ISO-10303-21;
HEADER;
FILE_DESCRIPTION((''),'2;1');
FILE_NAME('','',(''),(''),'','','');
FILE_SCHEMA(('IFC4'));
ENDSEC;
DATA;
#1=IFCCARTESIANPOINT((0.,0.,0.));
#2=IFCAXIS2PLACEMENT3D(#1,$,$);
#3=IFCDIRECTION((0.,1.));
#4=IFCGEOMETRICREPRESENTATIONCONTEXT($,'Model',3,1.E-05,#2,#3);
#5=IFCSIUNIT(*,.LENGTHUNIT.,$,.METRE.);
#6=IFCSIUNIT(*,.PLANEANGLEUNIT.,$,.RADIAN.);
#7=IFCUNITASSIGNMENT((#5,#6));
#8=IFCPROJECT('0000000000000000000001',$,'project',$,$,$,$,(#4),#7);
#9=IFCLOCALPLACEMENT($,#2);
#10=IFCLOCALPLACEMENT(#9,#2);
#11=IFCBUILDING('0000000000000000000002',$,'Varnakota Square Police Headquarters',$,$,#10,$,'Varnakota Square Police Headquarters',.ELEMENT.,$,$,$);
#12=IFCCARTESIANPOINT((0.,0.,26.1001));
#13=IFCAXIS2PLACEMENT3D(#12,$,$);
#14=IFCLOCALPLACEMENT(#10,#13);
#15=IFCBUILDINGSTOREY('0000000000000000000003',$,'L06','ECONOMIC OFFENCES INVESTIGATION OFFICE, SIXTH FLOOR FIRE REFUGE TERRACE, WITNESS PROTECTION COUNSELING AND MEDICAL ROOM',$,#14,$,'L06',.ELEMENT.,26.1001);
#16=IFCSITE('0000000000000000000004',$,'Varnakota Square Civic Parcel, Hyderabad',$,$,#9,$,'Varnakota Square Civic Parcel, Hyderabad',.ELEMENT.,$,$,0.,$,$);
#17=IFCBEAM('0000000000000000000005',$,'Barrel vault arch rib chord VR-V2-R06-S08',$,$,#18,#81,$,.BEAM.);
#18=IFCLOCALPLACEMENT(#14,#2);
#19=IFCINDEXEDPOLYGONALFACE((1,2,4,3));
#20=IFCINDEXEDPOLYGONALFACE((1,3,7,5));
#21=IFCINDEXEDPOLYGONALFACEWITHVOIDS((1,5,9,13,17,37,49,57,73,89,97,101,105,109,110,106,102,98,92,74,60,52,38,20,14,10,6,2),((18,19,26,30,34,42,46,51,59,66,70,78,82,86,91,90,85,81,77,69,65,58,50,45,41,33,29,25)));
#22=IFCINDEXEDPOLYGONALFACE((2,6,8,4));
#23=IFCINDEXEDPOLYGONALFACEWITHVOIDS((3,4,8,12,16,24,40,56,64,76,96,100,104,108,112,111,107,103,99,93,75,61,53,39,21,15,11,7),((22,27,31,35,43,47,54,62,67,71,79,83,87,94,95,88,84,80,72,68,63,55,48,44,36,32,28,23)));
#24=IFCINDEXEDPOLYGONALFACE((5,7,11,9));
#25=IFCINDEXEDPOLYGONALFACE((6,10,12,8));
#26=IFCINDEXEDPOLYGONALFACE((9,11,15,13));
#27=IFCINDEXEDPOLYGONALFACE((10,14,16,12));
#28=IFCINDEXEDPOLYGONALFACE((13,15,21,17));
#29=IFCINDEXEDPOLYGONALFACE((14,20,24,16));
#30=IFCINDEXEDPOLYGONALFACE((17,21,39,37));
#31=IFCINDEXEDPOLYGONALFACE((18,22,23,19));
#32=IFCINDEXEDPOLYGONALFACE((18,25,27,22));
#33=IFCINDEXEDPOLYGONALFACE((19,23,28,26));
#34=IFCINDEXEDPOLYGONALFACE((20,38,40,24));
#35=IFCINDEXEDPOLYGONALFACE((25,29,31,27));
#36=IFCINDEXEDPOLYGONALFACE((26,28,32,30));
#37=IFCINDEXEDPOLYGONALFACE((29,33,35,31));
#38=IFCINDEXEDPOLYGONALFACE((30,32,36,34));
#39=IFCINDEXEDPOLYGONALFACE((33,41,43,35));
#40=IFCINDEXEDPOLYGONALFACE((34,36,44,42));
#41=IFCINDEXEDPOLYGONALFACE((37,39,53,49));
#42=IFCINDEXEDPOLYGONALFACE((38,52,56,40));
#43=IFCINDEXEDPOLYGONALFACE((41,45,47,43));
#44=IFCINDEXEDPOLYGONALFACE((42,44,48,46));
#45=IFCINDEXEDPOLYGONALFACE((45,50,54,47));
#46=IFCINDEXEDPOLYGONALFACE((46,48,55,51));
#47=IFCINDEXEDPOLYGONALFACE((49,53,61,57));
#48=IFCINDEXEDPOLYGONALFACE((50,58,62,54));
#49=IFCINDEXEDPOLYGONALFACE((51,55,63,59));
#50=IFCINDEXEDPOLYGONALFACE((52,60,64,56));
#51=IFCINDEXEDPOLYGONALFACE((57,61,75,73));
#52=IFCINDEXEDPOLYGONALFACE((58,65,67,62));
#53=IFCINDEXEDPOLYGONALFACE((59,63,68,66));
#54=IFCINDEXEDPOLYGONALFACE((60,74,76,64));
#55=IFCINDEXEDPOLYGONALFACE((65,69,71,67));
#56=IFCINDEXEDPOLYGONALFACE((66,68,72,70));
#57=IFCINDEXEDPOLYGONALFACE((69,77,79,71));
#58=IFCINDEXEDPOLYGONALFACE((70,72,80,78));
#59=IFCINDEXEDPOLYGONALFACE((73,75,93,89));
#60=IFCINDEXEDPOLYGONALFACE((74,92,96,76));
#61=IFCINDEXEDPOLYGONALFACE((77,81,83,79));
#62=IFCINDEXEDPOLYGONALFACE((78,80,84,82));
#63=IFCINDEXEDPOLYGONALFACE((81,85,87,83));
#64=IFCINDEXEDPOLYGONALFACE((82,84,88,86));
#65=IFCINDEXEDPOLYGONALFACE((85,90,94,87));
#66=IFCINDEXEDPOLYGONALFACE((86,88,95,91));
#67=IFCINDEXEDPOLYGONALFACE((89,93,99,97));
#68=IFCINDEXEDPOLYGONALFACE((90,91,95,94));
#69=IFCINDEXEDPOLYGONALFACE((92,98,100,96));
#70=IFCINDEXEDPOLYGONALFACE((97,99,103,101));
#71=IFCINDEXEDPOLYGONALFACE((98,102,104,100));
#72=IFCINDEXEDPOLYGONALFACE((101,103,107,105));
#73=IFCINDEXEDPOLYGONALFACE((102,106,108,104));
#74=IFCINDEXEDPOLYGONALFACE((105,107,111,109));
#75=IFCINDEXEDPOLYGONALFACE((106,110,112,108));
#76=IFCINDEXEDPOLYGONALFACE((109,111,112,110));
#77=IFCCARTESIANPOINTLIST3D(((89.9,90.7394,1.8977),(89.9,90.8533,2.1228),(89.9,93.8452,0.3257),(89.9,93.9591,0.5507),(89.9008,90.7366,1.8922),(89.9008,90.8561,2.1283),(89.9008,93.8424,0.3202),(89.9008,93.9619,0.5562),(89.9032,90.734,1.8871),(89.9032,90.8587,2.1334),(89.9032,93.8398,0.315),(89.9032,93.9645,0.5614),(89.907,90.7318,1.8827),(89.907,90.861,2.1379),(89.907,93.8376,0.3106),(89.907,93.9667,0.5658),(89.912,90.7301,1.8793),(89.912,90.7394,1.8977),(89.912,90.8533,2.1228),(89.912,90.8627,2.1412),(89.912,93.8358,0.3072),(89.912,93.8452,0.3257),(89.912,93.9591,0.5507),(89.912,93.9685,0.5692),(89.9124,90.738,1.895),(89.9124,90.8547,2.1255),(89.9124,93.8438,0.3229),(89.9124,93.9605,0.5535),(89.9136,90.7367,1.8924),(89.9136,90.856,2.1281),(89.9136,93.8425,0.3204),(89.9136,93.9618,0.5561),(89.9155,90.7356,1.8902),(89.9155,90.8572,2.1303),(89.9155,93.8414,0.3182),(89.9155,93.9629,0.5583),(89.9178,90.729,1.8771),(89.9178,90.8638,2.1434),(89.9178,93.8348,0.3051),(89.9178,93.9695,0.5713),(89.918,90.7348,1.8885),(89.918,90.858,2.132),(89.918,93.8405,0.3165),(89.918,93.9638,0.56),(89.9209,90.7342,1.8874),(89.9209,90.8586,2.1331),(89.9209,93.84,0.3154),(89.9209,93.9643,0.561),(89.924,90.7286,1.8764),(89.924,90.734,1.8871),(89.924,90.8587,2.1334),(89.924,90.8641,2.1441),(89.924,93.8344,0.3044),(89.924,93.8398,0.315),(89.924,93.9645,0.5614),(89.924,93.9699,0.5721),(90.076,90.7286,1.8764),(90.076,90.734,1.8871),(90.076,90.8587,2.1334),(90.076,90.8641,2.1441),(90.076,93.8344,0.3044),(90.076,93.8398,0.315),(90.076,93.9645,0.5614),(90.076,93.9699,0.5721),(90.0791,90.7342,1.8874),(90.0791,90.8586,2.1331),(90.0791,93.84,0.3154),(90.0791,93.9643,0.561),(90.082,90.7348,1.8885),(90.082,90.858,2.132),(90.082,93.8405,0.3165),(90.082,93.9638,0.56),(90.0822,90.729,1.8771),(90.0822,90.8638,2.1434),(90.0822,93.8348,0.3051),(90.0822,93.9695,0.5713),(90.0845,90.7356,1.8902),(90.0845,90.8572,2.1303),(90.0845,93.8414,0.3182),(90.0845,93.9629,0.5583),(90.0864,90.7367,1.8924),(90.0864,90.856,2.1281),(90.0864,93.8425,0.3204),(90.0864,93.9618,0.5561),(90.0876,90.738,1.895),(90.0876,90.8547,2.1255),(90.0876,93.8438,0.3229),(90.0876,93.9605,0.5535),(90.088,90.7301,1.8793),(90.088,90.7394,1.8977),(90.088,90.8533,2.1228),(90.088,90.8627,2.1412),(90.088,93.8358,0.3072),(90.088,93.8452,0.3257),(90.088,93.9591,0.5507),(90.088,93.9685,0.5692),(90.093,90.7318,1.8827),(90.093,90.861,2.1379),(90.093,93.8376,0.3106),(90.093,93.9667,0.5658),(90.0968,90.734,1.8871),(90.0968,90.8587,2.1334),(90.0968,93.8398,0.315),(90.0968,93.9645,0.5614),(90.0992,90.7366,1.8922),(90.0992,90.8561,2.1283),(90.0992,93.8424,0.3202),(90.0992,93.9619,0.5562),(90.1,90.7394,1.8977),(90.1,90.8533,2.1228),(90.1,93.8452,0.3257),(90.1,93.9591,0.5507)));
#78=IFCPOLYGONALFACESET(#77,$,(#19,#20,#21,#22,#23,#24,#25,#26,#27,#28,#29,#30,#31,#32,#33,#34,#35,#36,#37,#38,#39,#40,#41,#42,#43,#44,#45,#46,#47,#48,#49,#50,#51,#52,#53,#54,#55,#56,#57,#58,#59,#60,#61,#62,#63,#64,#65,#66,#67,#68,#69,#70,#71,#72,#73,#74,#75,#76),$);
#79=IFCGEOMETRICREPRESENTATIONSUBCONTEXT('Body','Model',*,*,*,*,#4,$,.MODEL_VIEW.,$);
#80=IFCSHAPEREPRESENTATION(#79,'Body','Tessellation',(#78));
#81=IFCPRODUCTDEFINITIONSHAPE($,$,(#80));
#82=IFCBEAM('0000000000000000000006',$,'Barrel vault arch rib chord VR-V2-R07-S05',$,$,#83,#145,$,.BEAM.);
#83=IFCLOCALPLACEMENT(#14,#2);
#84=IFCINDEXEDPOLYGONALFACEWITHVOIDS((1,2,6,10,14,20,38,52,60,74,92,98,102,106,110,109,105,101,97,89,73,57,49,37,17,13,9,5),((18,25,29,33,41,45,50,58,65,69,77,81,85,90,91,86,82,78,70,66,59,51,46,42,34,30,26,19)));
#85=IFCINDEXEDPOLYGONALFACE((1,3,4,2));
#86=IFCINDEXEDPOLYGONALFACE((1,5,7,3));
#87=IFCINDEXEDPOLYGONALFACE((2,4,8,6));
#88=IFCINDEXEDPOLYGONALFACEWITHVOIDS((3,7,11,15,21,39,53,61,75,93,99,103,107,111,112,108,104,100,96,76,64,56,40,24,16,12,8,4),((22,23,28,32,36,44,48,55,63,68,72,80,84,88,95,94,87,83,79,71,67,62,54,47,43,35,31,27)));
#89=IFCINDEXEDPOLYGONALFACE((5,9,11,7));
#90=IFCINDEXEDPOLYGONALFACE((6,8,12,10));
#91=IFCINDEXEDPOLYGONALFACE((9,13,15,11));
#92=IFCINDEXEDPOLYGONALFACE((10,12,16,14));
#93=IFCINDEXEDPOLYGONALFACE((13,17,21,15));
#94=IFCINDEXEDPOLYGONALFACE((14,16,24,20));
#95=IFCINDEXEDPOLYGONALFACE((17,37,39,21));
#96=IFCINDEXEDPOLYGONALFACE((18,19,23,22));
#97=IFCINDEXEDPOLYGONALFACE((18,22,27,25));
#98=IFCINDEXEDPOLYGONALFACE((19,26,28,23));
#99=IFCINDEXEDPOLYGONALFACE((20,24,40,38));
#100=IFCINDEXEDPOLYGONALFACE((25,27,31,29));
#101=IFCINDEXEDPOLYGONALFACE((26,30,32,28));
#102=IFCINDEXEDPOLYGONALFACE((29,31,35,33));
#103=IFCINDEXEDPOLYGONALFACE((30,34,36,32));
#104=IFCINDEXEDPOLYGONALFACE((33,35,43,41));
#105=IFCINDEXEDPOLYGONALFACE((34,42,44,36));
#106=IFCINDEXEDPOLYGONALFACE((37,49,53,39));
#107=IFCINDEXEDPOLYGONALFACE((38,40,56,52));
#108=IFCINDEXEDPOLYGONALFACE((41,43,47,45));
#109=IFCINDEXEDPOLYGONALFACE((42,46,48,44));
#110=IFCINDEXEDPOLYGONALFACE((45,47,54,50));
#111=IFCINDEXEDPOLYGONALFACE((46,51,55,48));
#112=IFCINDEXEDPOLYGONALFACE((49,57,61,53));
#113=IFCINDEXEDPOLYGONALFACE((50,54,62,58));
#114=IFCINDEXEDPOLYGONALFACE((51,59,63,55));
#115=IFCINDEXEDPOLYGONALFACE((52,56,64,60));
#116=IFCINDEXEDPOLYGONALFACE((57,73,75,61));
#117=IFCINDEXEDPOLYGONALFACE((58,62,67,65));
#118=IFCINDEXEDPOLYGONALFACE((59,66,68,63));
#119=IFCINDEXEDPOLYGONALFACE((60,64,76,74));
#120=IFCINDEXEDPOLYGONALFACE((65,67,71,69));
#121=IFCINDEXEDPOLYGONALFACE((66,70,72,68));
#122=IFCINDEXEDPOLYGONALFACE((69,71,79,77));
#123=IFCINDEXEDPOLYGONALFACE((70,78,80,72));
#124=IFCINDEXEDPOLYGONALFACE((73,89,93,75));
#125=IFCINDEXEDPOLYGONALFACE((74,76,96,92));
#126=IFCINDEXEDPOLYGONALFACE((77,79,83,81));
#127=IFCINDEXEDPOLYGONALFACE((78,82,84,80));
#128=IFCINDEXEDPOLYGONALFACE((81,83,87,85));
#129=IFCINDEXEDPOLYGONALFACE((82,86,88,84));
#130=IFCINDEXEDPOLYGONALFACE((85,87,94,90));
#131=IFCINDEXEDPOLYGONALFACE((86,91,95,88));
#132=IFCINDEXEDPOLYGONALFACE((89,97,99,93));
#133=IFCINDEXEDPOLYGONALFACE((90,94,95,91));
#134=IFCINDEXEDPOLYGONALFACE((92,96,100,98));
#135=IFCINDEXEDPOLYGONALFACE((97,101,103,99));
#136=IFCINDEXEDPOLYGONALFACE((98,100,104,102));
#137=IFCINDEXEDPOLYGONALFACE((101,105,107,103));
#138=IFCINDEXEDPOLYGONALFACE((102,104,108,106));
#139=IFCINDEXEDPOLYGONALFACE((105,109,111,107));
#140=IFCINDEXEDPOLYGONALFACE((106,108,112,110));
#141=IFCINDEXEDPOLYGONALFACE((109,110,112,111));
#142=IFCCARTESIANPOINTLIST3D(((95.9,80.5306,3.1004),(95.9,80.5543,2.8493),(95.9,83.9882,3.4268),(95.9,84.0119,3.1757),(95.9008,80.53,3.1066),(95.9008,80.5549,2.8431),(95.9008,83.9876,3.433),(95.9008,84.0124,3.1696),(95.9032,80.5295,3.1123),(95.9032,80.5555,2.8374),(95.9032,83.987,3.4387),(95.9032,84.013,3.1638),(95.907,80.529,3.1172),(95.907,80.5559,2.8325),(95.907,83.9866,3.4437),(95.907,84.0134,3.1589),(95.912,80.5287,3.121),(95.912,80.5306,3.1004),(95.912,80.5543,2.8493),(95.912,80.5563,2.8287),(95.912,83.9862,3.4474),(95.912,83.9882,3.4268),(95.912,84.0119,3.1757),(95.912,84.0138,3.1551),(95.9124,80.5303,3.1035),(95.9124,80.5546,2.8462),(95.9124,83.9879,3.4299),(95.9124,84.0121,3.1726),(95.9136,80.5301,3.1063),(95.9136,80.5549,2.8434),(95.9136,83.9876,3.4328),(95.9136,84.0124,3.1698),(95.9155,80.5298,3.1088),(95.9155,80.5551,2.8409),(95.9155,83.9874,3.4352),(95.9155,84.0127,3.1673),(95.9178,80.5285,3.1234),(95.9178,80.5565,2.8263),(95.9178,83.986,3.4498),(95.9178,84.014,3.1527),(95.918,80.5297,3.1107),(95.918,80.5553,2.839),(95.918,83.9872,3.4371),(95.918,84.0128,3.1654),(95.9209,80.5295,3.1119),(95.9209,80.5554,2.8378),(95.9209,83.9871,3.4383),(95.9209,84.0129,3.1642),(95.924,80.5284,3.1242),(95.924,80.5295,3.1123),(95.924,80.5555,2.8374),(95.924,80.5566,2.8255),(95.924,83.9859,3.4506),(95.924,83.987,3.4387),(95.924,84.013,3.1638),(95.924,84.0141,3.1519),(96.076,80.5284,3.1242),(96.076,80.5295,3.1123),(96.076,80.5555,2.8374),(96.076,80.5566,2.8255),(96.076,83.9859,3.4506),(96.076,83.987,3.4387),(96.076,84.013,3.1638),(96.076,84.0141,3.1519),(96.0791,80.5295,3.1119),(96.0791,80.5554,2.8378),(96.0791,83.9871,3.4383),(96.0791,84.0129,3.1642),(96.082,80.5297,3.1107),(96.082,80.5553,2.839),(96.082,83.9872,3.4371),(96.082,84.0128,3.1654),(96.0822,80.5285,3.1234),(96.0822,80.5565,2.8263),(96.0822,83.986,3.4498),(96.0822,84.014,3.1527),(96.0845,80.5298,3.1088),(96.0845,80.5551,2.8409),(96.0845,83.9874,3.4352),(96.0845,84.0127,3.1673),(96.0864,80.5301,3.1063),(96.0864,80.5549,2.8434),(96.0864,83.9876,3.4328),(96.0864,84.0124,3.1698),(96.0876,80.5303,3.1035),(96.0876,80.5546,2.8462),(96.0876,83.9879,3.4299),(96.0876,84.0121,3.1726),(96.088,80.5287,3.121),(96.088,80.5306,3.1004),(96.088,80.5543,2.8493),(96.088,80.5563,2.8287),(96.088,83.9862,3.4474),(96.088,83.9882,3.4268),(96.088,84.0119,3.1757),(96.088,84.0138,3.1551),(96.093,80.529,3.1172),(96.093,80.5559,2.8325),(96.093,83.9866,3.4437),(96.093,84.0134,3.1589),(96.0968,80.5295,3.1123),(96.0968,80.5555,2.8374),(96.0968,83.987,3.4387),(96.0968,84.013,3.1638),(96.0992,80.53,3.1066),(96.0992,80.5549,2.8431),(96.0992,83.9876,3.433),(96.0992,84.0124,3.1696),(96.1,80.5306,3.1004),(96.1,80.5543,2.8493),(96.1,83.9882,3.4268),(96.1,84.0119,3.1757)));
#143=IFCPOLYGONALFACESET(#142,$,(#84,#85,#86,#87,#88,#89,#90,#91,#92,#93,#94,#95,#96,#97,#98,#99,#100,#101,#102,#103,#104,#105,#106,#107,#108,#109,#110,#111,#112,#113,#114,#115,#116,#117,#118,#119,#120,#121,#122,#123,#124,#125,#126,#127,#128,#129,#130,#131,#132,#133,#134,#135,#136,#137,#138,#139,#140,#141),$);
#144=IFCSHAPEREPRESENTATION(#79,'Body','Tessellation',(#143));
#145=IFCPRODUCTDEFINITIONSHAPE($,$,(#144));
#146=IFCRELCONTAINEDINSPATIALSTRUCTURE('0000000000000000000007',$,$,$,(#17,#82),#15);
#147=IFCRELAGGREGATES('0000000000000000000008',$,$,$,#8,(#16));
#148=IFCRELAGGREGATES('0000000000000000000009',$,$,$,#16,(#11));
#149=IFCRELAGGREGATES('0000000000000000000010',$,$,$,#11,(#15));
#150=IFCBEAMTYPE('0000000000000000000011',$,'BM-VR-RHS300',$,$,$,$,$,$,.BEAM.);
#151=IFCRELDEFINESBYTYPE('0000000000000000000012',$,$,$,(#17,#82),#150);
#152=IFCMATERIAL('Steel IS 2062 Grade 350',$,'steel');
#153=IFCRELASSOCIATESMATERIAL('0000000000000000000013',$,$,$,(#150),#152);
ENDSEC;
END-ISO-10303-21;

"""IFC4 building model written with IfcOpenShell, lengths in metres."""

from ifc_helpers import new_model, si_unit, direction, frame, origin, origin_2d, place, context, subcontext, project, spatial, hollow_rectangle, extrude, material, material_profile, profile_set, type_object, element, save


model = new_model("IFC4")

# Units and contexts
model_context = context("Model", 3, precision=1e-05, world=origin(), true_north=direction((0.0, 1.0)))
body_context = subcontext(model_context, "Body", "Model", "MODEL_VIEW")
ifc_project = project(units=[si_unit("LENGTHUNIT", "METRE"), si_unit("PLANEANGLEUNIT", "RADIAN")], contexts=[model_context])

# Site, building, storey
site_placement = place(None, origin())
site = spatial("IfcSite", under=ifc_project, at=site_placement, Name="Varnakota Square Civic Parcel, Hyderabad", LongName="Varnakota Square Civic Parcel, Hyderabad", CompositionType="ELEMENT", RefElevation=0.0)
building_placement = place(site_placement, origin())
building = spatial("IfcBuilding", under=site, at=building_placement, Name="Varnakota Square Police Headquarters", LongName="Varnakota Square Police Headquarters", CompositionType="ELEMENT")
storey_placement = place(building_placement, frame((0.0, 0.0, 26.1001)))
storey = spatial("IfcBuildingStorey", under=building, at=storey_placement, Name="L06", Description="ECONOMIC OFFENCES INVESTIGATION OFFICE, SIXTH FLOOR FIRE REFUGE TERRACE, WITNESS PROTECTION COUNSELING AND MEDICAL ROOM", LongName="L06", CompositionType="ELEMENT", Elevation=26.1001)

# Beams
ifc_material_1 = material(Name="Steel IS 2062 Grade 350", Category="steel")
ifc_material_profile_1 = material_profile(ifc_material_1, hollow_rectangle(XDim=0.2, YDim=0.3, WallThickness=0.012, InnerFilletRadius=0.012, OuterFilletRadius=0.0239, at=origin_2d()), Name="RHS 300x200x12")
ifc_profile_set_1 = profile_set([ifc_material_profile_1], Name="Steel IS 2062 Grade 350")
beam_type = type_object("IfcBeamType", Name="BM-VR-RHS300", PredefinedType="BEAM", material=ifc_profile_set_1)
beam_1_placement = place(storey_placement, frame((90.0, 90.7964, 2.0103), z_axis=(0.0, 0.892214, -0.451613), x_axis=(-1.0, 0.0, 0.0)))
element("IfcBeam", 1, at=beam_1_placement, inside=storey, type_object=beam_type, Name="Barrel vault arch rib chord VR-V2-R06-S08", PredefinedType="BEAM", context=body_context, shape_type="SweptSolid", body=[
    extrude(hollow_rectangle(XDim=0.2, YDim=0.3, WallThickness=0.012, InnerFilletRadius=0.012, OuterFilletRadius=0.0239, at=origin_2d()), origin(), (0.0, 0.0, 1.0), 3.481),
])
for number, where, z_axis, x_axis, name in (
    (2, (96.0, 80.5425, 2.9749), (0.0, 0.995573, 0.09399), (-1.0, 0.0, 0.0), "Barrel vault arch rib chord VR-V2-R07-S05"),
):
    element("IfcBeam", number, at=place(storey_placement, frame(where, z_axis=z_axis, x_axis=x_axis)), inside=storey, type_object=beam_type, Name=name, PredefinedType="BEAM", context=body_context, shape_type="SweptSolid", body=[
        extrude(hollow_rectangle(XDim=0.2, YDim=0.3, WallThickness=0.012, InnerFilletRadius=0.012, OuterFilletRadius=0.0239, at=origin_2d()), origin(), (0.0, 0.0, 1.0), 3.4729),
    ])

save(model, "model.ifc")
